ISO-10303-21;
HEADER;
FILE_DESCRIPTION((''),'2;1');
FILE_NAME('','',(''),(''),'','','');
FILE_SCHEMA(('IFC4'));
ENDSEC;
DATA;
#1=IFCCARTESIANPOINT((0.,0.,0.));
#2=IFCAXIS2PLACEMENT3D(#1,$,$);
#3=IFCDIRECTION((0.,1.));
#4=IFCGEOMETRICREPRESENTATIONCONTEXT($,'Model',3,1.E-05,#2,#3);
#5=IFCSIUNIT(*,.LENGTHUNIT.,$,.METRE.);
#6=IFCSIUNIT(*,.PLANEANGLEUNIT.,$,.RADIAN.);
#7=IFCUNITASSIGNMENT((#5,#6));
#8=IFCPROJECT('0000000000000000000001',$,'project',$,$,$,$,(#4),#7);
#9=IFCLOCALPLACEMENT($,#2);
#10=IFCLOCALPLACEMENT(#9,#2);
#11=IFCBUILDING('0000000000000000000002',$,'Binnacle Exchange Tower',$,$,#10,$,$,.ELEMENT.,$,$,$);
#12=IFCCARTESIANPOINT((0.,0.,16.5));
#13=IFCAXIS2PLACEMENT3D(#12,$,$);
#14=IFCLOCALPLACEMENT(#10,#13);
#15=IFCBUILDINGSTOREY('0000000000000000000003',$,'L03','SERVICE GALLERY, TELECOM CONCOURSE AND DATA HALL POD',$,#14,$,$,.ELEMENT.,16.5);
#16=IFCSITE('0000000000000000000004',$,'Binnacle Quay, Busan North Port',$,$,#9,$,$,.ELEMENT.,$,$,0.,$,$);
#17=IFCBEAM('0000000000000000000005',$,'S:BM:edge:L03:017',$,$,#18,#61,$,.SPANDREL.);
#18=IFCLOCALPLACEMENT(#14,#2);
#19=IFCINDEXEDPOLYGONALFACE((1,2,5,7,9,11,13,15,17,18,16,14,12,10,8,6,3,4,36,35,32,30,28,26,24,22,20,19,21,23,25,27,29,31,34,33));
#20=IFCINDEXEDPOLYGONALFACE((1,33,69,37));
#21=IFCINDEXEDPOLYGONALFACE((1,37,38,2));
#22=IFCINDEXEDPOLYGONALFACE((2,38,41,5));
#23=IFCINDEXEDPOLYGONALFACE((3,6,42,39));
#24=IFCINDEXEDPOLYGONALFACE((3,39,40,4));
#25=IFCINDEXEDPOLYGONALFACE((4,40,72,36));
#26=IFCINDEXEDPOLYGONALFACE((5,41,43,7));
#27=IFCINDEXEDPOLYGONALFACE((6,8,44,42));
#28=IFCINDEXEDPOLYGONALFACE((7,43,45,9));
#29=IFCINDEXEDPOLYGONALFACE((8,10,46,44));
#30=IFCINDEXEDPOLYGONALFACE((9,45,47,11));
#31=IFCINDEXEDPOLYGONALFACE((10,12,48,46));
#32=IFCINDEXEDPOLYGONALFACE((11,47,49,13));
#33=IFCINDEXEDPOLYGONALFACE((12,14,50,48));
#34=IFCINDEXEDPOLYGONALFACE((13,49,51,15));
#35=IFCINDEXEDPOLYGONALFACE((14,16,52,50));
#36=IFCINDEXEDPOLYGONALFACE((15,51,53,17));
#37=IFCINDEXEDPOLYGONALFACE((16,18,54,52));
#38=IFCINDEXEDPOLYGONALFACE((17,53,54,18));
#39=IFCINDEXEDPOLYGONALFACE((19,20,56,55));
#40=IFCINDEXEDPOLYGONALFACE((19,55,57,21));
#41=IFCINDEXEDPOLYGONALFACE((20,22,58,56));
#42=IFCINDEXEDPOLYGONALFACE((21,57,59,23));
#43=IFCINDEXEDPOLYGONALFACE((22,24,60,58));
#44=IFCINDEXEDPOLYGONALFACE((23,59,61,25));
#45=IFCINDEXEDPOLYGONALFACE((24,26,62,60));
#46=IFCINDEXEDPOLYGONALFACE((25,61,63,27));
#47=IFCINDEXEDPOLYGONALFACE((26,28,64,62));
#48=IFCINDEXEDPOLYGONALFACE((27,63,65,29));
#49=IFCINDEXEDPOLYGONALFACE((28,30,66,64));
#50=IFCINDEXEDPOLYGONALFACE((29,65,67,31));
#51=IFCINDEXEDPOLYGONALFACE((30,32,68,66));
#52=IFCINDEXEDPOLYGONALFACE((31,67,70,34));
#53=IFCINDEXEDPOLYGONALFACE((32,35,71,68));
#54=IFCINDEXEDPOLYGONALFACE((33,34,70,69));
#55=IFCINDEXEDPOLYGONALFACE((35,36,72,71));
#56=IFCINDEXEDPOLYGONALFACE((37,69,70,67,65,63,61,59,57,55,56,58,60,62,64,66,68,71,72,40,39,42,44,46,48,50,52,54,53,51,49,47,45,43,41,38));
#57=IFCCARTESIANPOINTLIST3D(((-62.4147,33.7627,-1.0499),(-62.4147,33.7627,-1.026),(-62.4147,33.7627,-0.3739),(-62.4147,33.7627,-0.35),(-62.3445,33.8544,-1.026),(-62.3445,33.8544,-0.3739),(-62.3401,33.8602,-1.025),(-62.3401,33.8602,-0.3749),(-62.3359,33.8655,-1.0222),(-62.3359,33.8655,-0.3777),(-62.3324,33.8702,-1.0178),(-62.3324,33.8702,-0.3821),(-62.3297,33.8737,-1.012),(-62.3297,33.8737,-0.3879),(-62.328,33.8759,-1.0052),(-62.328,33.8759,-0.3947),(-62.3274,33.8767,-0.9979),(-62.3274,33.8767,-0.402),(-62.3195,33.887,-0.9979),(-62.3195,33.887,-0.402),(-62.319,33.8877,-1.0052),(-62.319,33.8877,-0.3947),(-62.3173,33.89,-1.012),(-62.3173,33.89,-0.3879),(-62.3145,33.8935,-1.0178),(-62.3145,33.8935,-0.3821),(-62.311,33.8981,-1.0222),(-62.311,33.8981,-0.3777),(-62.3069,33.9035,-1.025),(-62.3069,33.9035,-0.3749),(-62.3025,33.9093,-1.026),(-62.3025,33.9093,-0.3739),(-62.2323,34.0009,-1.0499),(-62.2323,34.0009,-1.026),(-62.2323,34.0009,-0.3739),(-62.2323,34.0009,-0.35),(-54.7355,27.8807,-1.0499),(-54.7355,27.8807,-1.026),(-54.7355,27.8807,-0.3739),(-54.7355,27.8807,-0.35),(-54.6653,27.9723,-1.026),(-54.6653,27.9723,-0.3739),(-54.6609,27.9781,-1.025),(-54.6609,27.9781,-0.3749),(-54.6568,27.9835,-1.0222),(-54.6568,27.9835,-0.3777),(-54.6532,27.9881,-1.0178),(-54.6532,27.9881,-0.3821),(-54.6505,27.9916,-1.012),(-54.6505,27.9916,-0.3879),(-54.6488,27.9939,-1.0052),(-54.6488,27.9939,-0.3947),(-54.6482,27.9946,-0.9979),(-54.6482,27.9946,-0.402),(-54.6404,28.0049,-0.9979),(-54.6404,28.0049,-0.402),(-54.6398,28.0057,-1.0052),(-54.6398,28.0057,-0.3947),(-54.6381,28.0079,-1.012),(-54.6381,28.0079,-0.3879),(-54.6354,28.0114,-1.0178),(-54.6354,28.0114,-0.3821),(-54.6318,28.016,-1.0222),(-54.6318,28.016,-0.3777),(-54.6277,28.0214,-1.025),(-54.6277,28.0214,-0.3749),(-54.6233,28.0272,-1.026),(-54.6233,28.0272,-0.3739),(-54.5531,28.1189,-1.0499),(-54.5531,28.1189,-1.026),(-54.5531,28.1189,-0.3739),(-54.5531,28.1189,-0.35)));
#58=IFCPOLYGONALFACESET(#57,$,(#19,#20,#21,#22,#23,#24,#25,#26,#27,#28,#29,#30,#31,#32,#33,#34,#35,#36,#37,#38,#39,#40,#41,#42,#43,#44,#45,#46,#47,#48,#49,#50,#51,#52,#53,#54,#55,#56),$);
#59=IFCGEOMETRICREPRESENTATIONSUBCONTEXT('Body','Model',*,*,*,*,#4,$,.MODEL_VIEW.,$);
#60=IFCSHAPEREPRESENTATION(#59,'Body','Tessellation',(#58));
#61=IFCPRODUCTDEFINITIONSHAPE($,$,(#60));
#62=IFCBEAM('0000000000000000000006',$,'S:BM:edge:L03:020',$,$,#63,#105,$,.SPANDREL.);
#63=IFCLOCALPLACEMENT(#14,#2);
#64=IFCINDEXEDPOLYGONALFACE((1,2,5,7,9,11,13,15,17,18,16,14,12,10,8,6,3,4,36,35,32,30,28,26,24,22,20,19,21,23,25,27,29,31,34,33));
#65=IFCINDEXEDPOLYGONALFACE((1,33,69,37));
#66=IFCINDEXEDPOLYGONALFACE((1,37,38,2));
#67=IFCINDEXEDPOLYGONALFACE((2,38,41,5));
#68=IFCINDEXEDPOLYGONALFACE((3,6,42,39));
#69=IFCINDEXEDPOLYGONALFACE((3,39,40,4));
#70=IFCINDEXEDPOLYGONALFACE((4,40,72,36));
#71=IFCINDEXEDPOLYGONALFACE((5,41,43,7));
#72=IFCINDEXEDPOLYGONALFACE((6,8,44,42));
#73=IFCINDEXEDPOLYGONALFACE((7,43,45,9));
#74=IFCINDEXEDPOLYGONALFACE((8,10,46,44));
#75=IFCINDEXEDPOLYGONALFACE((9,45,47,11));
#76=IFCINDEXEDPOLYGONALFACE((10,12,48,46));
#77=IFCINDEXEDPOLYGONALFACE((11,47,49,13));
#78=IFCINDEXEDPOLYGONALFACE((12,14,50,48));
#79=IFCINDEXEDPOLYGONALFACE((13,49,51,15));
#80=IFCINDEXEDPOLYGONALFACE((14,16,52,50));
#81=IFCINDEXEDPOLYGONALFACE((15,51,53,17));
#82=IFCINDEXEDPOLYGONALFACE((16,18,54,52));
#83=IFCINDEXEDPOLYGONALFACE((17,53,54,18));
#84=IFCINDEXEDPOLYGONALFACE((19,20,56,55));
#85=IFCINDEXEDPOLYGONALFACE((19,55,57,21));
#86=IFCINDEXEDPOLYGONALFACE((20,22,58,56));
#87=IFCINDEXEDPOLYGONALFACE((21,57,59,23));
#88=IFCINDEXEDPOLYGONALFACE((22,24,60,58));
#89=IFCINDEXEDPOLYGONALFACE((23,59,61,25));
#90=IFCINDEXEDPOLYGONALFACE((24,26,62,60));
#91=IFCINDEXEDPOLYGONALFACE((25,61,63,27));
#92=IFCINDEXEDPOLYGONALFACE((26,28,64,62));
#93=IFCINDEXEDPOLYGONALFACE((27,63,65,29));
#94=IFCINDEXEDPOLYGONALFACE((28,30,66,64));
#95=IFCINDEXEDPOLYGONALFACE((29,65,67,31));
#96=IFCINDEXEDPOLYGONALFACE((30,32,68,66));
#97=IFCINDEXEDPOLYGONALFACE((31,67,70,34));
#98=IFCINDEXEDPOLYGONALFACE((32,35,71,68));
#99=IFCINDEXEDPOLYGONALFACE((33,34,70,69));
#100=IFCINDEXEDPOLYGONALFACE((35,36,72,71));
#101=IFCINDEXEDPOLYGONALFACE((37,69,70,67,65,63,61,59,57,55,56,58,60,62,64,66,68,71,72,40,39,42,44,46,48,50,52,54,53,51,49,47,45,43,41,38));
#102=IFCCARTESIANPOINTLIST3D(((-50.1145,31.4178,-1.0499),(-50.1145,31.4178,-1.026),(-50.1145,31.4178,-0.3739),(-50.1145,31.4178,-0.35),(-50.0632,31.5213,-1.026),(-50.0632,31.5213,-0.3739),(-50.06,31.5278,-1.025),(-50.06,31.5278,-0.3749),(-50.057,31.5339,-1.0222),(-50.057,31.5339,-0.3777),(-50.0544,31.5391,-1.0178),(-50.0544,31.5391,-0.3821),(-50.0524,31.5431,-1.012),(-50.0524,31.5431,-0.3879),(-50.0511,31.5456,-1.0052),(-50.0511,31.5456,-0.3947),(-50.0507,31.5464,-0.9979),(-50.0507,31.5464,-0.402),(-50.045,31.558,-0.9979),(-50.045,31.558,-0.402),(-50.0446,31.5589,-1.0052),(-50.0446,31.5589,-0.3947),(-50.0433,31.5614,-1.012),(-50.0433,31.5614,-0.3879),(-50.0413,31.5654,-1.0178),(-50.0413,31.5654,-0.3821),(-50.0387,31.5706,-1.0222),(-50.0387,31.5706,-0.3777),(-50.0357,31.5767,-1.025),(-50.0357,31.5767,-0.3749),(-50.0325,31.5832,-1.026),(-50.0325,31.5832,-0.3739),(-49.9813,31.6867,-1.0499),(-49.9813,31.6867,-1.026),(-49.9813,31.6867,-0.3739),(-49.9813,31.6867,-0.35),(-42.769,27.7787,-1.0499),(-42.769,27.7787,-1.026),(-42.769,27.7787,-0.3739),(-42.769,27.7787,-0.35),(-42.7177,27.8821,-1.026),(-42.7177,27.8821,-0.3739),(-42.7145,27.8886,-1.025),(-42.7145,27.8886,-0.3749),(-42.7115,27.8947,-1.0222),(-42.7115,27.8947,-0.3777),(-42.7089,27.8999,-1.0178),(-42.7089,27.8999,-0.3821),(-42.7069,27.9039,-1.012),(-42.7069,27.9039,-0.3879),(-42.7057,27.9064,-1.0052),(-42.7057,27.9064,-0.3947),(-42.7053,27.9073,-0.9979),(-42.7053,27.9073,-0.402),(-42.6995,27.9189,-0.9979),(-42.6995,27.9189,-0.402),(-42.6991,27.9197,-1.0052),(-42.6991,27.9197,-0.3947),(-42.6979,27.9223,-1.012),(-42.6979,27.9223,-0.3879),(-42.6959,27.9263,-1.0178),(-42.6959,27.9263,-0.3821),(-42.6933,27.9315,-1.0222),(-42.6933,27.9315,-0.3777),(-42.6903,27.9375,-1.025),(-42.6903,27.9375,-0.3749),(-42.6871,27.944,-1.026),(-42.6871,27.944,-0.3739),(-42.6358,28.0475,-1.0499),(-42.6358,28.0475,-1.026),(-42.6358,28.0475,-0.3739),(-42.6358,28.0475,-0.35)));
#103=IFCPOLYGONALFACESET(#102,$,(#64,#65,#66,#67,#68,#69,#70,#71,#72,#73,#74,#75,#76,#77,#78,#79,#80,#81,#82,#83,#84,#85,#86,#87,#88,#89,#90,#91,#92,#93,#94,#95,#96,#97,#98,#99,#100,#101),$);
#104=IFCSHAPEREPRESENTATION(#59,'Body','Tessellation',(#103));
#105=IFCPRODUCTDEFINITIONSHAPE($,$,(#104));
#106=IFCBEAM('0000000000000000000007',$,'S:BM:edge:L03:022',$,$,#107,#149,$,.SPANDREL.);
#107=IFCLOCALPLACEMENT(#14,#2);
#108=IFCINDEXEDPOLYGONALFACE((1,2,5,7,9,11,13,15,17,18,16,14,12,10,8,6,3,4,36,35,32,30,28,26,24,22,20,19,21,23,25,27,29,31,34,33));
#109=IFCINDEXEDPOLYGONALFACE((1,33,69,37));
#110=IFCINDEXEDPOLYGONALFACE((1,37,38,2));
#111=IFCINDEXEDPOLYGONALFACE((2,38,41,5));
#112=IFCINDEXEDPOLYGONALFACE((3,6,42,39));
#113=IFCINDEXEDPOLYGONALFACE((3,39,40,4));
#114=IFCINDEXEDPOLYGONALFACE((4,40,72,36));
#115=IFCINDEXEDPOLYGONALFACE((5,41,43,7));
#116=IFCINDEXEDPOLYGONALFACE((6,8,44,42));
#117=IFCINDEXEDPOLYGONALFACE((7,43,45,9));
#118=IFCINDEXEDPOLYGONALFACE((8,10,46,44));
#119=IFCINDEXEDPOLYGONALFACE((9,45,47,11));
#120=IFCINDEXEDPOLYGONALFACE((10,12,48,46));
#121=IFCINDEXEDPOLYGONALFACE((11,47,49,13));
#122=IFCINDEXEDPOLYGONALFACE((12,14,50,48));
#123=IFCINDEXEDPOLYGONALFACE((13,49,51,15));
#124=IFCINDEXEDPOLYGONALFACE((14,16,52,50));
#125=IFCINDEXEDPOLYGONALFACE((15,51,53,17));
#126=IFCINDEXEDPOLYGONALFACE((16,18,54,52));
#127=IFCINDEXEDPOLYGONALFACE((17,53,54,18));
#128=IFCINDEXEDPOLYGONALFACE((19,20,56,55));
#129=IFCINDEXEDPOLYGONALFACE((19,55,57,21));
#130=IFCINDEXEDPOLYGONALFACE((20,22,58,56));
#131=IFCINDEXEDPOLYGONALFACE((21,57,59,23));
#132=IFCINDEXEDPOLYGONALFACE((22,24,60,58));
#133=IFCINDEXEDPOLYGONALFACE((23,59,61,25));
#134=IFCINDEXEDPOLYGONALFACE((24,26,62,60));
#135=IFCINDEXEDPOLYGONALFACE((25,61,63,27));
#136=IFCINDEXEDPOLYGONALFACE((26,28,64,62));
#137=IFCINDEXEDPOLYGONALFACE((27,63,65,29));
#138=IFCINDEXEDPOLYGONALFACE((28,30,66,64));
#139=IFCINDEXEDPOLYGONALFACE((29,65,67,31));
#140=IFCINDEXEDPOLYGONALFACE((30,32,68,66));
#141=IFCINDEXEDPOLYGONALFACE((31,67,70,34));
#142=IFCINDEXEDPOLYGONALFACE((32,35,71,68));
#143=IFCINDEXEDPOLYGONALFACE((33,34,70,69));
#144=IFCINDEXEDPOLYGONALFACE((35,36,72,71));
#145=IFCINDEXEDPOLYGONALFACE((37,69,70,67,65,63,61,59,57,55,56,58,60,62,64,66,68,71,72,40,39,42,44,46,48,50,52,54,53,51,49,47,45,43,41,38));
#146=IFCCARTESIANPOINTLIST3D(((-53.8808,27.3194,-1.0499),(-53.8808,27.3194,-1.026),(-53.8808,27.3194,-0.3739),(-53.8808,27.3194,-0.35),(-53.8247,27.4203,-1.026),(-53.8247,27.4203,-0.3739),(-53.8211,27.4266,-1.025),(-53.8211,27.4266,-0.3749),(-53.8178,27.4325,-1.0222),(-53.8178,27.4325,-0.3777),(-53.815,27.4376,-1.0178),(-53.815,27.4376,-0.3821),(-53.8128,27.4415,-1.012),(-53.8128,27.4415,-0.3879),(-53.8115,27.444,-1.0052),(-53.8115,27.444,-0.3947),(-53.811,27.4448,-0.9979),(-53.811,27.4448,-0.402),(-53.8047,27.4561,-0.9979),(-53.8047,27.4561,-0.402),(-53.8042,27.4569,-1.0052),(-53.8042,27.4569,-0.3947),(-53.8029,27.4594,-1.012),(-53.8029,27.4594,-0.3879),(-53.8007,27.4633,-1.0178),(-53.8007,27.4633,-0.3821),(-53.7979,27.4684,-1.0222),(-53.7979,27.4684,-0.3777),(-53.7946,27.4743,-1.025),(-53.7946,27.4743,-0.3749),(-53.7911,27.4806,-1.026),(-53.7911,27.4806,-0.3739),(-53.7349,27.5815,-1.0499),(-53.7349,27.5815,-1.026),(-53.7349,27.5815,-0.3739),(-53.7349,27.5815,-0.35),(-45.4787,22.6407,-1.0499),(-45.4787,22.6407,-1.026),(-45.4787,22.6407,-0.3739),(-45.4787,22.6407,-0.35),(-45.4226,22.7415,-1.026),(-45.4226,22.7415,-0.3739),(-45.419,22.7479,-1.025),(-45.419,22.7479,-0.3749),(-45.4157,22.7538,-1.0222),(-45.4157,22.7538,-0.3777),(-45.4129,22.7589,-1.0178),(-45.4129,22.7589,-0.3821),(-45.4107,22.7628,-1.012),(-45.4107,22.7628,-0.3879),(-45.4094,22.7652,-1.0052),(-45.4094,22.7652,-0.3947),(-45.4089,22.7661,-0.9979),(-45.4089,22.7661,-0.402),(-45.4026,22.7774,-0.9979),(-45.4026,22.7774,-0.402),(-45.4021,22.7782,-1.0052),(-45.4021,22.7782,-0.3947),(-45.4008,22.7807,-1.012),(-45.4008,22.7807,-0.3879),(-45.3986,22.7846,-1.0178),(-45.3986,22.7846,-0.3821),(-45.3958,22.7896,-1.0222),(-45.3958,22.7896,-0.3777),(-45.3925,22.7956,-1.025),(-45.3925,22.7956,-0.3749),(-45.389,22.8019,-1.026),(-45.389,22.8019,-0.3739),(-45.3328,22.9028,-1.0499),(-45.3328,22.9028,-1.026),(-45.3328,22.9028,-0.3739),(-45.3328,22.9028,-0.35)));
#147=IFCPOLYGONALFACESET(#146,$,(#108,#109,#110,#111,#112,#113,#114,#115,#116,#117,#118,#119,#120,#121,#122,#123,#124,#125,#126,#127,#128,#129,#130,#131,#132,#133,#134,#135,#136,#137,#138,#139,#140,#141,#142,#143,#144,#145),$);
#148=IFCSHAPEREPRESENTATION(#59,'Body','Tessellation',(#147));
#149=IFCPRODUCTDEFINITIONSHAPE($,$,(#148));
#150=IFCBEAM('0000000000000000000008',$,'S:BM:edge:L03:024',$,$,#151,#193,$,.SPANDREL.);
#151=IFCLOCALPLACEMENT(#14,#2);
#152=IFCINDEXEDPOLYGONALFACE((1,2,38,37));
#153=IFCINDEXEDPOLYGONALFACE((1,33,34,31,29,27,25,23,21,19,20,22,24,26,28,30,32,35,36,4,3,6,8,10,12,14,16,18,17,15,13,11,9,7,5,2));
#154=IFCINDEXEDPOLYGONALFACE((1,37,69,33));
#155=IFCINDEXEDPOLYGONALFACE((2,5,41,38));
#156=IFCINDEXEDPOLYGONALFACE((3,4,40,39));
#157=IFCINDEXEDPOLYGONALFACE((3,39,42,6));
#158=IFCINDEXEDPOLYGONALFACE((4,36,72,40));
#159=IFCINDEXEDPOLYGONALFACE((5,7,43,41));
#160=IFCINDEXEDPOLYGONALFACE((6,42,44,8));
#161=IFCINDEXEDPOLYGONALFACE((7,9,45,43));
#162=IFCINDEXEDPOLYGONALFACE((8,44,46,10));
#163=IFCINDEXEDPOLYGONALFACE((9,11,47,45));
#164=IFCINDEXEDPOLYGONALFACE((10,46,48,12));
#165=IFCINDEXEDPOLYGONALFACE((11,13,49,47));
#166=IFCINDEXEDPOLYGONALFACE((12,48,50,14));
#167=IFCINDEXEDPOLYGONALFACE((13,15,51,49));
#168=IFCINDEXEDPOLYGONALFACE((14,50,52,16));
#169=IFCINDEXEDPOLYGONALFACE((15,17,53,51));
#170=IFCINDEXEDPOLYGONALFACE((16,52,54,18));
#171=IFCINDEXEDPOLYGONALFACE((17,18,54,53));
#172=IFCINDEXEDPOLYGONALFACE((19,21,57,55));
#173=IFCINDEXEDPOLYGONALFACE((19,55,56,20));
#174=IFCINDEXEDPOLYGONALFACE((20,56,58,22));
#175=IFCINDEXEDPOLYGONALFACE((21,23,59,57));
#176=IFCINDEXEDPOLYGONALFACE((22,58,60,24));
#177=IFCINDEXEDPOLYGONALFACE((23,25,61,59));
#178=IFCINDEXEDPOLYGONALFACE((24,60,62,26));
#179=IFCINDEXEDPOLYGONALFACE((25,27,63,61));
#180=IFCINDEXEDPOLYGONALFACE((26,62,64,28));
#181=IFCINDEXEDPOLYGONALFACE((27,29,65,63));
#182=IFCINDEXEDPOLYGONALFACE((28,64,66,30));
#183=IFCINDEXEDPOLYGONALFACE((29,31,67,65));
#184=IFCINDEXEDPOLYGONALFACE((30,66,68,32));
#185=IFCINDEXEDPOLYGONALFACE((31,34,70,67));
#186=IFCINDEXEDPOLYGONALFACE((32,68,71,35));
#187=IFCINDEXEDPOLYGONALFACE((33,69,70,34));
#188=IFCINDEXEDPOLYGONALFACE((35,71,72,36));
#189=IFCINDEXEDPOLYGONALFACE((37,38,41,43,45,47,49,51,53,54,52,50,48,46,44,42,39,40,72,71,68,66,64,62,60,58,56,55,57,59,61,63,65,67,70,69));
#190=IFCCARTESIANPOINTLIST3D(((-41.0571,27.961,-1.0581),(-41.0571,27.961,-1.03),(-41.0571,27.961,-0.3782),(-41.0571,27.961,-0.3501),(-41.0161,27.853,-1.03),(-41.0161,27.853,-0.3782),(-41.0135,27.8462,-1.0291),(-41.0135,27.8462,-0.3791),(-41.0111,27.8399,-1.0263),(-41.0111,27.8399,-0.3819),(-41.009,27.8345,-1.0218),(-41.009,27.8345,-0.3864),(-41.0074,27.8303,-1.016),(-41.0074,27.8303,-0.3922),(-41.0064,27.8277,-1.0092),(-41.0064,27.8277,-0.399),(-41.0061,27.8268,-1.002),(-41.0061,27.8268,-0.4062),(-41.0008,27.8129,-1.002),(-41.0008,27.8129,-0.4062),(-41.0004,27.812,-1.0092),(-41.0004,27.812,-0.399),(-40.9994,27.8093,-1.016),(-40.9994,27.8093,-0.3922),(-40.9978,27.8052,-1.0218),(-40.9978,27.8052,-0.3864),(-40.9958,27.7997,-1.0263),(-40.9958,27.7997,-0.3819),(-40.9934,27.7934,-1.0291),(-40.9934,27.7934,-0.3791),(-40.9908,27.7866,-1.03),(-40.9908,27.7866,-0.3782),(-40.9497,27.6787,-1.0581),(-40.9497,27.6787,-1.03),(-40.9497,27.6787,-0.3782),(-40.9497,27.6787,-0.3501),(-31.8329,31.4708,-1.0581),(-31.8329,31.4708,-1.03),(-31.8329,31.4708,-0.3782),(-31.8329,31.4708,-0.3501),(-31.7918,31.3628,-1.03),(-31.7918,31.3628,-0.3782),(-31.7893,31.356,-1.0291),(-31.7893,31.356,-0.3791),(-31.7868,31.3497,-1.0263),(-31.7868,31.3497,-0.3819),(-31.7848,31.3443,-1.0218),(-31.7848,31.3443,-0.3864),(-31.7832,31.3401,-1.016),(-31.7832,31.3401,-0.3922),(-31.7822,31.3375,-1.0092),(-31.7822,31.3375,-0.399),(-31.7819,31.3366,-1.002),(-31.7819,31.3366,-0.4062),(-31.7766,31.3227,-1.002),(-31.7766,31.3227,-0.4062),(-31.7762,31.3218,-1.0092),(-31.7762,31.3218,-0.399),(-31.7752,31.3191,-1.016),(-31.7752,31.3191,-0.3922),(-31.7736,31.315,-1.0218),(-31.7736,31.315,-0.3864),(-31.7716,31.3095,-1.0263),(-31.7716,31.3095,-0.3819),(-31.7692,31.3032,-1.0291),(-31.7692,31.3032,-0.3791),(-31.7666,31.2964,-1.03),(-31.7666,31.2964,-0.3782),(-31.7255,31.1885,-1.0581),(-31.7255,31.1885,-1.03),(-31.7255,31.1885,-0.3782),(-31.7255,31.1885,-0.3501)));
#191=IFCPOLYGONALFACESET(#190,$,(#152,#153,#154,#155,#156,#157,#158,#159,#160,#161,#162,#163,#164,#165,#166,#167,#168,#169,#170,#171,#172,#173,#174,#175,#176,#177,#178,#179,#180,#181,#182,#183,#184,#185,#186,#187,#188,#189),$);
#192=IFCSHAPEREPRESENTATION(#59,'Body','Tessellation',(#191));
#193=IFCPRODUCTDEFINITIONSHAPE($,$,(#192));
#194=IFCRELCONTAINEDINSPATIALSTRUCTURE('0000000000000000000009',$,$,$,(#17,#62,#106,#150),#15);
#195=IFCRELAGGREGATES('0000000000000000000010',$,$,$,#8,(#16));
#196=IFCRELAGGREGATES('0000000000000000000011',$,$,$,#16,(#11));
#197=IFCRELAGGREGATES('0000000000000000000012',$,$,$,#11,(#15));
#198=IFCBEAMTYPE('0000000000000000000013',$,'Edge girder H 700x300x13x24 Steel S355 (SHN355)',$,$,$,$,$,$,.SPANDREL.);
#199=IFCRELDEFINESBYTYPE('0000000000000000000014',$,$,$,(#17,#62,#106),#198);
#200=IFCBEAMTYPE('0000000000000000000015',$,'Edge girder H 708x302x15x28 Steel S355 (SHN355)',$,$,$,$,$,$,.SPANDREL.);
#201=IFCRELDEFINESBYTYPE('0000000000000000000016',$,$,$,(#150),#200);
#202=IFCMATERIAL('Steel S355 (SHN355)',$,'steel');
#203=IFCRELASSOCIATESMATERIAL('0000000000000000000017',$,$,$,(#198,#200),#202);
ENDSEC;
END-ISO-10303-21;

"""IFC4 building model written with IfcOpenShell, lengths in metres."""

from ifc_helpers import new_model, si_unit, direction, frame, origin, origin_2d, place, context, subcontext, project, spatial, i_section, extrude, material, material_profile, profile_set, type_object, element, save


model = new_model("IFC4")

# Units and contexts
model_context = context("Model", 3, precision=1e-05, world=origin(), true_north=direction((0.0, 1.0)))
body_context = subcontext(model_context, "Body", "Model", "MODEL_VIEW")
ifc_project = project(units=[si_unit("LENGTHUNIT", "METRE"), si_unit("PLANEANGLEUNIT", "RADIAN")], contexts=[model_context])

# Site, building, storey
site_placement = place(None, origin())
site = spatial("IfcSite", under=ifc_project, at=site_placement, Name="Binnacle Quay, Busan North Port", CompositionType="ELEMENT", RefElevation=0.0)
building_placement = place(site_placement, origin())
building = spatial("IfcBuilding", under=site, at=building_placement, Name="Binnacle Exchange Tower", CompositionType="ELEMENT")
storey_placement = place(building_placement, frame((0.0, 0.0, 16.5)))
storey = spatial("IfcBuildingStorey", under=building, at=storey_placement, Name="L03", Description="SERVICE GALLERY, TELECOM CONCOURSE AND DATA HALL POD", CompositionType="ELEMENT", Elevation=16.5)

# Beams
ifc_material_1 = material(Name="Steel S355 (SHN355)", Category="steel")
ifc_material_profile_1 = material_profile(ifc_material_1, i_section(OverallWidth=0.3, OverallDepth=0.7, WebThickness=0.0129, FlangeThickness=0.0239, FilletRadius=0.0281, at=origin_2d()), Name="H 700x300x13x24")
ifc_profile_set_1 = profile_set([ifc_material_profile_1], Name="Steel S355 (SHN355)")
beam_type_1 = type_object("IfcBeamType", Name="Edge girder H 700x300x13x24 Steel S355 (SHN355)", PredefinedType="SPANDREL", material=ifc_profile_set_1)
beam_1_placement = place(storey_placement, frame((-54.6443, 27.9998, -0.7), z_axis=(-0.793871, 0.608086, 0.0), x_axis=(-0.608086, -0.793871, 0.0)))
element("IfcBeam", 1, at=beam_1_placement, inside=storey, type_object=beam_type_1, Name="S:BM:edge:L03:017", PredefinedType="SPANDREL", context=body_context, shape_type="SweptSolid", body=[
    extrude(i_section(OverallWidth=0.3, OverallDepth=0.7, WebThickness=0.0129, FlangeThickness=0.0239, FilletRadius=0.0281, at=origin_2d()), origin(), (0.0, 0.0, 1.0), 9.6731),
])
beam_2_placement = place(storey_placement, frame((-50.0479, 31.5522, -0.7), z_axis=(0.896059, -0.443935, 0.0), x_axis=(0.443935, 0.896059, 0.0)))
element("IfcBeam", 2, at=beam_2_placement, inside=storey, type_object=beam_type_1, Name="S:BM:edge:L03:020", PredefinedType="SPANDREL", context=body_context, shape_type="SweptSolid", body=[
    extrude(i_section(OverallWidth=0.3, OverallDepth=0.7, WebThickness=0.0129, FlangeThickness=0.0239, FilletRadius=0.0281, at=origin_2d()), origin(), (0.0, 0.0, 1.0), 8.1975),
])
beam_3_placement = place(storey_placement, frame((-45.4058, 22.7717, -0.7), z_axis=(-0.873677, 0.486507, 0.0), x_axis=(-0.486507, -0.873677, 0.0)))
element("IfcBeam", 3, at=beam_3_placement, inside=storey, type_object=beam_type_1, Name="S:BM:edge:L03:022", PredefinedType="SPANDREL", context=body_context, shape_type="SweptSolid", body=[
    extrude(i_section(OverallWidth=0.3, OverallDepth=0.7, WebThickness=0.0129, FlangeThickness=0.0239, FilletRadius=0.0281, at=origin_2d()), origin(), (0.0, 0.0, 1.0), 9.6169),
])
ifc_material_profile_2 = material_profile(ifc_material_1, i_section(OverallWidth=0.302, OverallDepth=0.708, WebThickness=0.0149, FlangeThickness=0.0281, FilletRadius=0.0281, at=origin_2d()), Name="H 708x302x15x28")
ifc_profile_set_2 = profile_set([ifc_material_profile_2], Name="Steel S355 (SHN355)")
beam_type_2 = type_object("IfcBeamType", Name="Edge girder H 708x302x15x28 Steel S355 (SHN355)", PredefinedType="SPANDREL", material=ifc_profile_set_2)
beam_4_placement = place(storey_placement, frame((-41.0034, 27.8198, -0.7041), z_axis=(0.934629, 0.355625, 0.0), x_axis=(-0.355625, 0.934629, 0.0)))
element("IfcBeam", 4, at=beam_4_placement, inside=storey, type_object=beam_type_2, Name="S:BM:edge:L03:024", PredefinedType="SPANDREL", context=body_context, shape_type="SweptSolid", body=[
    extrude(i_section(OverallWidth=0.302, OverallDepth=0.708, WebThickness=0.0149, FlangeThickness=0.0281, FilletRadius=0.0281, at=origin_2d()), origin(), (0.0, 0.0, 1.0), 9.8694),
])

save(model, "model.ifc")
